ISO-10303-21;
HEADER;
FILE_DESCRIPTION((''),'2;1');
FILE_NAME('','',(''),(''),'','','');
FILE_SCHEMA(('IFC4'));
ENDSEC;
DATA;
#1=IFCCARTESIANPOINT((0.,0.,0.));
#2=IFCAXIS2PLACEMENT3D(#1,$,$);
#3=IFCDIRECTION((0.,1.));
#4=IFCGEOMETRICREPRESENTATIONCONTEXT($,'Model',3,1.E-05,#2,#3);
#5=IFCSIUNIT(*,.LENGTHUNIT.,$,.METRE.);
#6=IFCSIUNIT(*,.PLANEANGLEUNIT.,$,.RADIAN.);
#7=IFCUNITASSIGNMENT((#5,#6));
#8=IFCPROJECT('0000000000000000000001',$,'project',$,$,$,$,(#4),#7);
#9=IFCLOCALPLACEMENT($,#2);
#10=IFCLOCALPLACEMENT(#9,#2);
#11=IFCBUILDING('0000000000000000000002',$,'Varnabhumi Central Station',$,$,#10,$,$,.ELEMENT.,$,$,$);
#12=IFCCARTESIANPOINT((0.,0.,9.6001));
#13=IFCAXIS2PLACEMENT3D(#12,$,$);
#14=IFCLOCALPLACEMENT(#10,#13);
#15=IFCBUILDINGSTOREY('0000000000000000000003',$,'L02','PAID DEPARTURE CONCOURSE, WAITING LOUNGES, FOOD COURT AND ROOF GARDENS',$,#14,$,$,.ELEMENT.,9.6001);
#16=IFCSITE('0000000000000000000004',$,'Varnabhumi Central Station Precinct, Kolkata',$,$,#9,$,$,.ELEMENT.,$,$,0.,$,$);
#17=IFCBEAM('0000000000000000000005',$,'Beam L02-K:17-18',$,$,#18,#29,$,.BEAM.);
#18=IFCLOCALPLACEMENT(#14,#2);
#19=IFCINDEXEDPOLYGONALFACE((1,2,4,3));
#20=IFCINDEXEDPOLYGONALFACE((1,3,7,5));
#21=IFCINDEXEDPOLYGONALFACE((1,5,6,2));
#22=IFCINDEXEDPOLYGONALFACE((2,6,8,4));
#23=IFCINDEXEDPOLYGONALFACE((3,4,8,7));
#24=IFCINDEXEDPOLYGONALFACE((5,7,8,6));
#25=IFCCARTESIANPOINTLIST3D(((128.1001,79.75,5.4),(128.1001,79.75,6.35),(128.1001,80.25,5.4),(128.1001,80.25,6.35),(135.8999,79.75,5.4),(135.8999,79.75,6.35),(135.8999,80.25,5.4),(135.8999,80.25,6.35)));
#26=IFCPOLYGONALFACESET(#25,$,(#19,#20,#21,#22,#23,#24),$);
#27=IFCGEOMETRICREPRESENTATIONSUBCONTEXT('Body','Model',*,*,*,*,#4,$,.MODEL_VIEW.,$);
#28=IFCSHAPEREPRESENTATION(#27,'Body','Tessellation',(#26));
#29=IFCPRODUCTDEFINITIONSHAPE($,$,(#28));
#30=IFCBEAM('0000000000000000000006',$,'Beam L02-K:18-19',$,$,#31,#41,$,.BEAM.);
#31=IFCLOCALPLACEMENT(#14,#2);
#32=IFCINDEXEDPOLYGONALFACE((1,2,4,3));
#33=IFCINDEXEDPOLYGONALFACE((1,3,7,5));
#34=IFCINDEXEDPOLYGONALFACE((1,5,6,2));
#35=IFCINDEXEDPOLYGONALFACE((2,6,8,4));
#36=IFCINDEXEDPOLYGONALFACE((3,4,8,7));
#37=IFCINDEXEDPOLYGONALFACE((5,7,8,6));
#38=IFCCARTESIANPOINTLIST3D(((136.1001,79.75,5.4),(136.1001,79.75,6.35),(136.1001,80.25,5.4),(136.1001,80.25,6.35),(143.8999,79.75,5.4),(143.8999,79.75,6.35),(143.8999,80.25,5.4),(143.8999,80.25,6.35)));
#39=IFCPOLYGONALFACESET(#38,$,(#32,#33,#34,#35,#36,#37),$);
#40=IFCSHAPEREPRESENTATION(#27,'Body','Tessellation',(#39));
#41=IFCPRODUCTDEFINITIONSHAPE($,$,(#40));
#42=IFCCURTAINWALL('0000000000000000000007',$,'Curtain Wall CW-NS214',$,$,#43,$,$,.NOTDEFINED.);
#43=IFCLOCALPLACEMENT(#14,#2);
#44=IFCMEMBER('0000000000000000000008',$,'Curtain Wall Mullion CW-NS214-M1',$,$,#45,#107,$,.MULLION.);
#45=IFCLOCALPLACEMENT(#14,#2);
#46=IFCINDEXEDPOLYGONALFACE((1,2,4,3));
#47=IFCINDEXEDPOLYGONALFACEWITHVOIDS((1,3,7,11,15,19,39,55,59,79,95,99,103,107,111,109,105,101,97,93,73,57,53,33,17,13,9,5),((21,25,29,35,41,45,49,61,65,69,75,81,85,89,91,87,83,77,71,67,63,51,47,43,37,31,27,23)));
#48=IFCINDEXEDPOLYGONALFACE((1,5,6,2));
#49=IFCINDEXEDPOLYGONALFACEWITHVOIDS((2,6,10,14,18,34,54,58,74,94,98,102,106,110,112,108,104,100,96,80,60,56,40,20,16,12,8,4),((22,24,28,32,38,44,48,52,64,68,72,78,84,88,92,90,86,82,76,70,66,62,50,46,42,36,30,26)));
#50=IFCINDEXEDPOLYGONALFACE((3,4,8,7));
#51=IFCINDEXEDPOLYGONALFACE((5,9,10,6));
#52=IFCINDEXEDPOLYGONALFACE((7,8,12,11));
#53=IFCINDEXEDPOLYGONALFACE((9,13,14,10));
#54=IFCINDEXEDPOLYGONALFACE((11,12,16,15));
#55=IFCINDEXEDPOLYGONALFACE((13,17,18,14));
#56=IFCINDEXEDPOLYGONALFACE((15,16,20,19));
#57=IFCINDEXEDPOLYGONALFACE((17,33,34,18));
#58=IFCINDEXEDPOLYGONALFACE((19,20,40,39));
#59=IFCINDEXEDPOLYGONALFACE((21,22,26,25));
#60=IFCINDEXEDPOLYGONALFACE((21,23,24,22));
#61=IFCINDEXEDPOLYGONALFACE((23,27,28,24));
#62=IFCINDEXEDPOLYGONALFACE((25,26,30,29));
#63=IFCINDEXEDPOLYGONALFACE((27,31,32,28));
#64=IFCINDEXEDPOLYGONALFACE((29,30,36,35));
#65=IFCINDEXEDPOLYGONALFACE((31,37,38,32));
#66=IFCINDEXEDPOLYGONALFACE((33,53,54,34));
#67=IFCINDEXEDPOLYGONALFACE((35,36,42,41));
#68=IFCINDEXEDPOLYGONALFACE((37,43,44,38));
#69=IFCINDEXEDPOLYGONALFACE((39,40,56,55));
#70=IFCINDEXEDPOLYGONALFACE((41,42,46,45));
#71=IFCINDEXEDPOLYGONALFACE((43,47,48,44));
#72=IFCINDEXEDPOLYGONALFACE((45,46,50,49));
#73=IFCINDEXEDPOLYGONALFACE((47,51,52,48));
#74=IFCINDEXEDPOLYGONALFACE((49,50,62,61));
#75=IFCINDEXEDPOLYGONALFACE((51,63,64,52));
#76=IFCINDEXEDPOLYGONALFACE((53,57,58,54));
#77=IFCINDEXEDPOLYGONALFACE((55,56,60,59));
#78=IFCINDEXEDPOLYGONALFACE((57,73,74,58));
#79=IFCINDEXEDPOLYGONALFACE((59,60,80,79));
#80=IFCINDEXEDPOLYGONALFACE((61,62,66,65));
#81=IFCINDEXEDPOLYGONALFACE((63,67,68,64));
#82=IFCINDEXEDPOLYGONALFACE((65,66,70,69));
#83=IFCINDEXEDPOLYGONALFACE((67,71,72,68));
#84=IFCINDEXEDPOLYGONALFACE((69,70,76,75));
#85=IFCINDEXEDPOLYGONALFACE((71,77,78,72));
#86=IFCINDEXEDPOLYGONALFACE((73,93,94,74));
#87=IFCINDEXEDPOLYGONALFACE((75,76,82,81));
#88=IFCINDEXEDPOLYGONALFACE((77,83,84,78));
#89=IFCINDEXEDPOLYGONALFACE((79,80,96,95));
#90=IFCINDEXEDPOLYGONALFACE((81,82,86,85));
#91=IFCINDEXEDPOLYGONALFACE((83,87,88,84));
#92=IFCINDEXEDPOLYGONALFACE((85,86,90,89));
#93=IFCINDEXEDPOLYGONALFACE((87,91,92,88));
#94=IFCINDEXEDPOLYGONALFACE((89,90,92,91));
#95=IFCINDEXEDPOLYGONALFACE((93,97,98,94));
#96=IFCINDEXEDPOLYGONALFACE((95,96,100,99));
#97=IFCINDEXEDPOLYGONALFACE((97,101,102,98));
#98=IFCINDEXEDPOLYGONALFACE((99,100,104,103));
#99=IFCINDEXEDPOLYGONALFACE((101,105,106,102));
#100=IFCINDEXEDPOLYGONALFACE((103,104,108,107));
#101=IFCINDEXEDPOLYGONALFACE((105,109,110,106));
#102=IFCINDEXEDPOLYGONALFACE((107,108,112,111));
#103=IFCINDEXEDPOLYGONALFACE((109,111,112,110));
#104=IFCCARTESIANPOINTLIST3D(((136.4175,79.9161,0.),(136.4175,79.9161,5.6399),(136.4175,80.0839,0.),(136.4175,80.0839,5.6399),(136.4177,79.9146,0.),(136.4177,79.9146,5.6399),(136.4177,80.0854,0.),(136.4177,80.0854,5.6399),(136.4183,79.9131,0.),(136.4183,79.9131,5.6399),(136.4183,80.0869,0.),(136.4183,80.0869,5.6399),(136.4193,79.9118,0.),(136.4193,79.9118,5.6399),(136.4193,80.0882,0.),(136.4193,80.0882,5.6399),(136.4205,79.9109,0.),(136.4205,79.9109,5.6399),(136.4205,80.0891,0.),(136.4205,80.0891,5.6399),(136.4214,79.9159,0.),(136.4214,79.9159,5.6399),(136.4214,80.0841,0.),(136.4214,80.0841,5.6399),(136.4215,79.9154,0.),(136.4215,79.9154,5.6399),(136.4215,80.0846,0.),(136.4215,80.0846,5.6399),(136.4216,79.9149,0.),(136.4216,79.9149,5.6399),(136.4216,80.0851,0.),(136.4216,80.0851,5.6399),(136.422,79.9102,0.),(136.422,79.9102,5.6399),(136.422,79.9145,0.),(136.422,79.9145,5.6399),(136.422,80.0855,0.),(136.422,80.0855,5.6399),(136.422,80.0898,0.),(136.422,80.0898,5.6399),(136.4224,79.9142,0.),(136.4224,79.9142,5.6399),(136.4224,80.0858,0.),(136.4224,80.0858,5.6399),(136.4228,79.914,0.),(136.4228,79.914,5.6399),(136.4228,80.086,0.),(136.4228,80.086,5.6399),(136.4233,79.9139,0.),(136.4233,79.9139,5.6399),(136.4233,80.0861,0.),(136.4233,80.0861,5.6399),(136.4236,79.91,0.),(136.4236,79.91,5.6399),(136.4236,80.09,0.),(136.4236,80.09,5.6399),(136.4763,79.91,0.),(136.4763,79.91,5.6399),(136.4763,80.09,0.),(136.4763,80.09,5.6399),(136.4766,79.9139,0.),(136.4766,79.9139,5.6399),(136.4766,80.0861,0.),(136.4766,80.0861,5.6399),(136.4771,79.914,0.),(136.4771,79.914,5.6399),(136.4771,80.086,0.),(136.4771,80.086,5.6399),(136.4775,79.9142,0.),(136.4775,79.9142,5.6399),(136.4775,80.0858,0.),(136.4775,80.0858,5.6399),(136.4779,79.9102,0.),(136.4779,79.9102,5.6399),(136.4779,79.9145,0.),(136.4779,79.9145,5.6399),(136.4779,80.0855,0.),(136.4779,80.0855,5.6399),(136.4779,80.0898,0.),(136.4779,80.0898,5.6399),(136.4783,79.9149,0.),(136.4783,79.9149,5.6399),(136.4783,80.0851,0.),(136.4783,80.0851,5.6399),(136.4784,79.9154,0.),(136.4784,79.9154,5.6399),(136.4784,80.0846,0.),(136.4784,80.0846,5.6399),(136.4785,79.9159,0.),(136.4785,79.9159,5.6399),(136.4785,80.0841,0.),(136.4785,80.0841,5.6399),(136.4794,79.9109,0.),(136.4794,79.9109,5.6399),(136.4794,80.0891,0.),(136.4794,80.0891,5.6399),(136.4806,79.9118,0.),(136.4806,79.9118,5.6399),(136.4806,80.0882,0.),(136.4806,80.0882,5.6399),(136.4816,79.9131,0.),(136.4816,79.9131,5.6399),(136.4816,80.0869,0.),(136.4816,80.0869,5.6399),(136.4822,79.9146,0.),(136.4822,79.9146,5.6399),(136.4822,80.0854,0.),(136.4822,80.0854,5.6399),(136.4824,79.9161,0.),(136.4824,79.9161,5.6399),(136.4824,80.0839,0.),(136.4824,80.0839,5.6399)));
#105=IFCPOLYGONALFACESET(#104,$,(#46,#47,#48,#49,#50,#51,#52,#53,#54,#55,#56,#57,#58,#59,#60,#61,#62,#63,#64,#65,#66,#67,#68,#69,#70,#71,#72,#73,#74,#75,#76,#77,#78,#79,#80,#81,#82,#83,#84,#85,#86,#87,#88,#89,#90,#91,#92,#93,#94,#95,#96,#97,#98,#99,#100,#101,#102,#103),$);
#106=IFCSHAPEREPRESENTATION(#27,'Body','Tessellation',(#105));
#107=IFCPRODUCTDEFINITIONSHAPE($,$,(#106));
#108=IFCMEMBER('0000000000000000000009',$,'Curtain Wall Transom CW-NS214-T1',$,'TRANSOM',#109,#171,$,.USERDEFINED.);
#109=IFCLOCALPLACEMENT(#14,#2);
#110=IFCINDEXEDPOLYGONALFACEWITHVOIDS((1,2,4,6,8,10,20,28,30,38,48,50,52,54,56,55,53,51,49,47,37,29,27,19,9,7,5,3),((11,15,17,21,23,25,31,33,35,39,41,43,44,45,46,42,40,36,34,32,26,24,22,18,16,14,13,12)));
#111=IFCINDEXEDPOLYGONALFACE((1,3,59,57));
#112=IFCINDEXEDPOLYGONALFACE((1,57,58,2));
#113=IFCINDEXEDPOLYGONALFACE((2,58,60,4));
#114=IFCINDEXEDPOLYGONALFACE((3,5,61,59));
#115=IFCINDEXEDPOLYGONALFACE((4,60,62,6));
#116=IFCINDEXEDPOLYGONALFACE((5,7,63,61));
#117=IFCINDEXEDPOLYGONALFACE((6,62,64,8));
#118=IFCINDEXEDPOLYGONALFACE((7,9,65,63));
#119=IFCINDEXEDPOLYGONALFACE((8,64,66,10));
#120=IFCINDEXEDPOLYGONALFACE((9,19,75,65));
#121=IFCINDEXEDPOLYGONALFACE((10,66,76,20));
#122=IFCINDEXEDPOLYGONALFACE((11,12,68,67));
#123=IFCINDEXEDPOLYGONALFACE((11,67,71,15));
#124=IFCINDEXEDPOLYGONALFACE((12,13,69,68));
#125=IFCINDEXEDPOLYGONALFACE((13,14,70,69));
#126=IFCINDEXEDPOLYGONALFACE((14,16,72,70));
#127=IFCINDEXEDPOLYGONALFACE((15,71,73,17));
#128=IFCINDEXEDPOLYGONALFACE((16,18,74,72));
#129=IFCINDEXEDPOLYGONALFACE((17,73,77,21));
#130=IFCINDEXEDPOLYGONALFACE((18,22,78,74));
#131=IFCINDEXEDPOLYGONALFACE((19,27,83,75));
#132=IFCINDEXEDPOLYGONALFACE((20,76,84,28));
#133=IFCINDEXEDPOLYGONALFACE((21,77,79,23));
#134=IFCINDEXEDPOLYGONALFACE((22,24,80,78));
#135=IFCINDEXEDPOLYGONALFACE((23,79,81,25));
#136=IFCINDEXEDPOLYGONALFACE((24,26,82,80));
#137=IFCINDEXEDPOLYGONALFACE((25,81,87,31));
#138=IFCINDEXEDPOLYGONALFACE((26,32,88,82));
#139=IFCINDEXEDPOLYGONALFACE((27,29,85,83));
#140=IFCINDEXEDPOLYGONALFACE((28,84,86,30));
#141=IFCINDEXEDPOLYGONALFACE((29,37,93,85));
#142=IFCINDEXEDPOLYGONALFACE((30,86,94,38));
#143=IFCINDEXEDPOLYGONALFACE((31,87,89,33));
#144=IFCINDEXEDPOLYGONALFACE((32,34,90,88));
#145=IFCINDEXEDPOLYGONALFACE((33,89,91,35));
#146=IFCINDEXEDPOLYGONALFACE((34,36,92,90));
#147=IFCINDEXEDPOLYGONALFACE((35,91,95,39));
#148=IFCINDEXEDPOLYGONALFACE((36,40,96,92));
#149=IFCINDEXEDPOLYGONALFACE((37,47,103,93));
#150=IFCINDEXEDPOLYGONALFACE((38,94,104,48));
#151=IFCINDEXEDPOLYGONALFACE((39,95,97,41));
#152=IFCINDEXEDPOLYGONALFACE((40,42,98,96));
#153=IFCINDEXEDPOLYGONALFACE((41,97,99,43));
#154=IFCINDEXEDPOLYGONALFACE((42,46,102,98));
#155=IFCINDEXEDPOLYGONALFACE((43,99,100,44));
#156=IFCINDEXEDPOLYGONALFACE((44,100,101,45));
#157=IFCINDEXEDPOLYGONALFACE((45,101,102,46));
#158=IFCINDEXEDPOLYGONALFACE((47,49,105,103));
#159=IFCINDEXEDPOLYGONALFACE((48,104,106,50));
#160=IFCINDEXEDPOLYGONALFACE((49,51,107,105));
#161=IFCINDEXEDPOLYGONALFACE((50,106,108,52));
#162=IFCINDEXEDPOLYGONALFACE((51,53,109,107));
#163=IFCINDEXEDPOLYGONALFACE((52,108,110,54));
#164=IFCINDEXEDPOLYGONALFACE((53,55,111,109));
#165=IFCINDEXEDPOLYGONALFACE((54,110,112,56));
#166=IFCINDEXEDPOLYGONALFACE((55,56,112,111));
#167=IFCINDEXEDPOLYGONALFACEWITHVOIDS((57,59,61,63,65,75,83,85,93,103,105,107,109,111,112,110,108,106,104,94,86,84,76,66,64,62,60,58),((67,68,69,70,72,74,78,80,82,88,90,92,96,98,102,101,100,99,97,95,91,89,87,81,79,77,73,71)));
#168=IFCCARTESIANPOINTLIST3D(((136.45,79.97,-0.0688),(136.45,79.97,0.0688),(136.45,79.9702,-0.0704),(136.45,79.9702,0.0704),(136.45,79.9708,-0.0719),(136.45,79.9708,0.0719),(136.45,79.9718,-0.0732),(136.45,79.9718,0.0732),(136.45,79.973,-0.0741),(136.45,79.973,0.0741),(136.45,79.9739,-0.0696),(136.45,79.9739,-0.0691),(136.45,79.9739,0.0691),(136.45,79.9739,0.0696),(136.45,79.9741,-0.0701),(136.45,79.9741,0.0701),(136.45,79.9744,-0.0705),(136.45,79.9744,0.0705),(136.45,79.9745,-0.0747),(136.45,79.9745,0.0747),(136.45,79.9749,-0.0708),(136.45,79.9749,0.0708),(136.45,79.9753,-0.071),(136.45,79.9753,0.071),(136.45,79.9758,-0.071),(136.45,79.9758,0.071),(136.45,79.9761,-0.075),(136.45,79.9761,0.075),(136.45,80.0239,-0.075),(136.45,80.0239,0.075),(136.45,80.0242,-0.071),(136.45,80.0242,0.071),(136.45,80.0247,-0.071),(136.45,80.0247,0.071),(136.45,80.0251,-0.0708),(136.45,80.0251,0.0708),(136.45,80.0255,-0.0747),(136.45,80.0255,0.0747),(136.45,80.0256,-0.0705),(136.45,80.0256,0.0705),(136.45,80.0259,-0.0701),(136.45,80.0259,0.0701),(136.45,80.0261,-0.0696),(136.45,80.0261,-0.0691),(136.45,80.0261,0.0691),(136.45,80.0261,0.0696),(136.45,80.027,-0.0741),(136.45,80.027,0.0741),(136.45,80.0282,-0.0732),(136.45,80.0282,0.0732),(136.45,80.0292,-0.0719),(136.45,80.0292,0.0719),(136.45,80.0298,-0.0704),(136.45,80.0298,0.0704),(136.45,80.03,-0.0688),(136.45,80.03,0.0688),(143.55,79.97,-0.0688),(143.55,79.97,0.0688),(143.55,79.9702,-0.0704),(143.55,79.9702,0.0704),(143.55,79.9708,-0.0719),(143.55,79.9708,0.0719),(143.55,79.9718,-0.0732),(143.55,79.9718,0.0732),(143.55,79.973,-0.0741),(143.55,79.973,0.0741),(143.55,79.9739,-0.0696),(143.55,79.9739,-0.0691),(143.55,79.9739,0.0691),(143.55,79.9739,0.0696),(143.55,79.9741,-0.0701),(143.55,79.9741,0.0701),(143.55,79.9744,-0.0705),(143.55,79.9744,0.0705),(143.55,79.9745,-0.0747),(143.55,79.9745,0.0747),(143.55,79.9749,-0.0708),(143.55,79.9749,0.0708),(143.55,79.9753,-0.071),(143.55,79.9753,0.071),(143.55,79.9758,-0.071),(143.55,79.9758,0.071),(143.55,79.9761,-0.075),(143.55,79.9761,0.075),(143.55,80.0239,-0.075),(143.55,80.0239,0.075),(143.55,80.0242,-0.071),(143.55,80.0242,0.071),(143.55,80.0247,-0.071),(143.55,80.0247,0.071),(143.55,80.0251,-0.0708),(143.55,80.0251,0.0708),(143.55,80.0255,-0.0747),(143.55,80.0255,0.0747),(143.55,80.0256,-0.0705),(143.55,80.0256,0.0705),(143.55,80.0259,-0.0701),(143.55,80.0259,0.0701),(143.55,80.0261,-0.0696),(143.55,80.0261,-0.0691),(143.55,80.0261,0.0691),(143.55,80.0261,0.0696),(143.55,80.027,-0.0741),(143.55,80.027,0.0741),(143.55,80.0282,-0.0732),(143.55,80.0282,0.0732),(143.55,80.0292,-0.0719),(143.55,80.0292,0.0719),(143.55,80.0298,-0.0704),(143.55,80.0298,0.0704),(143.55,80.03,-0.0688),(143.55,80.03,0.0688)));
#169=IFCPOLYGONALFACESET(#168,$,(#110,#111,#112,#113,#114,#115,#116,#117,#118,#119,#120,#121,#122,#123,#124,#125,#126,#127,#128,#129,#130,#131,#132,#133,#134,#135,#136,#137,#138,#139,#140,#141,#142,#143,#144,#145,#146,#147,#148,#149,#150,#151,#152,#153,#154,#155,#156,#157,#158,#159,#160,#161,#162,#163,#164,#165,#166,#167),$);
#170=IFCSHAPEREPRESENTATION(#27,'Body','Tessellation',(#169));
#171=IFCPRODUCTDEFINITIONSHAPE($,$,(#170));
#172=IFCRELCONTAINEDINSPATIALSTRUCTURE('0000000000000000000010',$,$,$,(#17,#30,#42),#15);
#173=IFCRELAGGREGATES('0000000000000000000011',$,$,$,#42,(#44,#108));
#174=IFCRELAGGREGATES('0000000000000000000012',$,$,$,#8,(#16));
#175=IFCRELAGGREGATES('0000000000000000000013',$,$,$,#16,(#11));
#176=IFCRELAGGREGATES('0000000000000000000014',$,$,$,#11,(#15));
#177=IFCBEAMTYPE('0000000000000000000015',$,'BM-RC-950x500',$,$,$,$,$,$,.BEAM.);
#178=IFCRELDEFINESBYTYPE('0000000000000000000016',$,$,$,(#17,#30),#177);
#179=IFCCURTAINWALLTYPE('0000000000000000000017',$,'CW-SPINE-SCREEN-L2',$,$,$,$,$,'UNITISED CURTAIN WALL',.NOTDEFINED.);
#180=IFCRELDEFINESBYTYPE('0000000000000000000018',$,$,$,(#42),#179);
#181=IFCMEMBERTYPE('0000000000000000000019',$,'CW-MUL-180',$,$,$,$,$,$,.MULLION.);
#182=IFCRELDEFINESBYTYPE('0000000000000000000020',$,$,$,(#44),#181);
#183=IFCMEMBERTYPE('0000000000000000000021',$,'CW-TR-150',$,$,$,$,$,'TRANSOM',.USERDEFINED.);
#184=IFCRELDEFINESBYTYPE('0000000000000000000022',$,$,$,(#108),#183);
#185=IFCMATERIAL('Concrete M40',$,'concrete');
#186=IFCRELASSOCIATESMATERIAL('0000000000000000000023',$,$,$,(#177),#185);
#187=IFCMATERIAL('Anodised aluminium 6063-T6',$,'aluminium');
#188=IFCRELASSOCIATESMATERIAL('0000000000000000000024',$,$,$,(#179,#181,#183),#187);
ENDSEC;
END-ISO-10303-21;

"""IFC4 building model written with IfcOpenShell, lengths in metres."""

from ifc_helpers import new_model, si_unit, direction, frame, origin, origin_2d, place, context, subcontext, project, spatial, rectangle, hollow_rectangle, extrude, material, material_profile, profile_set, type_object, element, aggregate, save


model = new_model("IFC4")

# Units and contexts
model_context = context("Model", 3, precision=1e-05, world=origin(), true_north=direction((0.0, 1.0)))
body_context = subcontext(model_context, "Body", "Model", "MODEL_VIEW")
ifc_project = project(units=[si_unit("LENGTHUNIT", "METRE"), si_unit("PLANEANGLEUNIT", "RADIAN")], contexts=[model_context])

# Site, building, storey
site_placement = place(None, origin())
site = spatial("IfcSite", under=ifc_project, at=site_placement, Name="Varnabhumi Central Station Precinct, Kolkata", CompositionType="ELEMENT", RefElevation=0.0)
building_placement = place(site_placement, origin())
building = spatial("IfcBuilding", under=site, at=building_placement, Name="Varnabhumi Central Station", CompositionType="ELEMENT")
storey_placement = place(building_placement, frame((0.0, 0.0, 9.6001)))
storey = spatial("IfcBuildingStorey", under=building, at=storey_placement, Name="L02", Description="PAID DEPARTURE CONCOURSE, WAITING LOUNGES, FOOD COURT AND ROOF GARDENS", CompositionType="ELEMENT", Elevation=9.6001)

# Beams
ifc_material_1 = material(Name="Concrete M40", Category="concrete")
ifc_material_profile_1 = material_profile(ifc_material_1, rectangle(XDim=0.5, YDim=0.95, at=origin_2d()), Name="Concrete M40", Category="concrete")
ifc_profile_set_1 = profile_set([ifc_material_profile_1], Name="Concrete M40")
beam_type_1 = type_object("IfcBeamType", Name="BM-RC-950x500", PredefinedType="BEAM", material=ifc_profile_set_1)
for number, where, z_axis, x_axis, name in (
    (1, (128.1001, 80.0, 5.875), (1.0, 0.0, 0.0), (0.0, 1.0, 0.0), "Beam L02-K:17-18"),
    (2, (136.1001, 80.0, 5.875), (1.0, 0.0, 0.0), (0.0, 1.0, 0.0), "Beam L02-K:18-19"),
):
    element("IfcBeam", number, at=place(storey_placement, frame(where, z_axis=z_axis, x_axis=x_axis)), inside=storey, type_object=beam_type_1, Name=name, PredefinedType="BEAM", context=body_context, shape_type="SweptSolid", body=[
        extrude(rectangle(XDim=0.5, YDim=0.95, at=origin_2d()), origin(), (0.0, 0.0, 1.0), 7.7998),
    ])

# Curtain wall, members
ifc_material_2 = material(Name="Anodised aluminium 6063-T6", Category="aluminium")
curtain_wall_type = type_object("IfcCurtainWallType", Name="CW-SPINE-SCREEN-L2", ElementType="UNITISED CURTAIN WALL", PredefinedType="NOTDEFINED", material=ifc_material_2)
curtain_wall_placement = place(storey_placement, origin())
curtain_wall = element("IfcCurtainWall", 3, at=curtain_wall_placement, inside=storey, type_object=curtain_wall_type, Name="Curtain Wall CW-NS214", PredefinedType="NOTDEFINED")
ifc_material_profile_2 = material_profile(ifc_material_2, hollow_rectangle(XDim=0.0649, YDim=0.1799, WallThickness=0.0039, InnerFilletRadius=0.002, OuterFilletRadius=0.0061, at=origin_2d()), Name="Anodised aluminium 6063-T6", Category="aluminium")
ifc_profile_set_2 = profile_set([ifc_material_profile_2], Name="Anodised aluminium 6063-T6")
member_type_1 = type_object("IfcMemberType", Name="CW-MUL-180", PredefinedType="MULLION", material=ifc_profile_set_2)
member_1_placement = place(storey_placement, frame((136.45, 80.0, 0.0), z_axis=(0.0, 0.0, 1.0), x_axis=(1.0, 0.0, 0.0)))
member_1 = element("IfcMember", 4, at=member_1_placement, type_object=member_type_1, Name="Curtain Wall Mullion CW-NS214-M1", PredefinedType="MULLION", context=body_context, shape_type="SweptSolid", body=[
    extrude(hollow_rectangle(XDim=0.0649, YDim=0.1799, WallThickness=0.0039, InnerFilletRadius=0.002, OuterFilletRadius=0.0061, at=origin_2d()), origin(), (0.0, 0.0, 1.0), 5.6399),
])
ifc_material_profile_3 = material_profile(ifc_material_2, hollow_rectangle(XDim=0.0601, YDim=0.1499, WallThickness=0.0039, InnerFilletRadius=0.002, OuterFilletRadius=0.0061, at=origin_2d()), Name="Anodised aluminium 6063-T6", Category="aluminium")
ifc_profile_set_3 = profile_set([ifc_material_profile_3], Name="Anodised aluminium 6063-T6")
member_type_2 = type_object("IfcMemberType", Name="CW-TR-150", ElementType="TRANSOM", PredefinedType="USERDEFINED", material=ifc_profile_set_3)
member_2_placement = place(storey_placement, frame((136.45, 80.0, 0.0), z_axis=(1.0, 0.0, 0.0), x_axis=(0.0, 1.0, 0.0)))
member_2 = element("IfcMember", 5, at=member_2_placement, type_object=member_type_2, Name="Curtain Wall Transom CW-NS214-T1", ObjectType="TRANSOM", PredefinedType="USERDEFINED", context=body_context, shape_type="SweptSolid", body=[
    extrude(hollow_rectangle(XDim=0.0601, YDim=0.1499, WallThickness=0.0039, InnerFilletRadius=0.002, OuterFilletRadius=0.0061, at=origin_2d()), origin(), (0.0, 0.0, 1.0), 7.1001),
])
aggregate(curtain_wall, [member_1, member_2])

save(model, "model.ifc")
